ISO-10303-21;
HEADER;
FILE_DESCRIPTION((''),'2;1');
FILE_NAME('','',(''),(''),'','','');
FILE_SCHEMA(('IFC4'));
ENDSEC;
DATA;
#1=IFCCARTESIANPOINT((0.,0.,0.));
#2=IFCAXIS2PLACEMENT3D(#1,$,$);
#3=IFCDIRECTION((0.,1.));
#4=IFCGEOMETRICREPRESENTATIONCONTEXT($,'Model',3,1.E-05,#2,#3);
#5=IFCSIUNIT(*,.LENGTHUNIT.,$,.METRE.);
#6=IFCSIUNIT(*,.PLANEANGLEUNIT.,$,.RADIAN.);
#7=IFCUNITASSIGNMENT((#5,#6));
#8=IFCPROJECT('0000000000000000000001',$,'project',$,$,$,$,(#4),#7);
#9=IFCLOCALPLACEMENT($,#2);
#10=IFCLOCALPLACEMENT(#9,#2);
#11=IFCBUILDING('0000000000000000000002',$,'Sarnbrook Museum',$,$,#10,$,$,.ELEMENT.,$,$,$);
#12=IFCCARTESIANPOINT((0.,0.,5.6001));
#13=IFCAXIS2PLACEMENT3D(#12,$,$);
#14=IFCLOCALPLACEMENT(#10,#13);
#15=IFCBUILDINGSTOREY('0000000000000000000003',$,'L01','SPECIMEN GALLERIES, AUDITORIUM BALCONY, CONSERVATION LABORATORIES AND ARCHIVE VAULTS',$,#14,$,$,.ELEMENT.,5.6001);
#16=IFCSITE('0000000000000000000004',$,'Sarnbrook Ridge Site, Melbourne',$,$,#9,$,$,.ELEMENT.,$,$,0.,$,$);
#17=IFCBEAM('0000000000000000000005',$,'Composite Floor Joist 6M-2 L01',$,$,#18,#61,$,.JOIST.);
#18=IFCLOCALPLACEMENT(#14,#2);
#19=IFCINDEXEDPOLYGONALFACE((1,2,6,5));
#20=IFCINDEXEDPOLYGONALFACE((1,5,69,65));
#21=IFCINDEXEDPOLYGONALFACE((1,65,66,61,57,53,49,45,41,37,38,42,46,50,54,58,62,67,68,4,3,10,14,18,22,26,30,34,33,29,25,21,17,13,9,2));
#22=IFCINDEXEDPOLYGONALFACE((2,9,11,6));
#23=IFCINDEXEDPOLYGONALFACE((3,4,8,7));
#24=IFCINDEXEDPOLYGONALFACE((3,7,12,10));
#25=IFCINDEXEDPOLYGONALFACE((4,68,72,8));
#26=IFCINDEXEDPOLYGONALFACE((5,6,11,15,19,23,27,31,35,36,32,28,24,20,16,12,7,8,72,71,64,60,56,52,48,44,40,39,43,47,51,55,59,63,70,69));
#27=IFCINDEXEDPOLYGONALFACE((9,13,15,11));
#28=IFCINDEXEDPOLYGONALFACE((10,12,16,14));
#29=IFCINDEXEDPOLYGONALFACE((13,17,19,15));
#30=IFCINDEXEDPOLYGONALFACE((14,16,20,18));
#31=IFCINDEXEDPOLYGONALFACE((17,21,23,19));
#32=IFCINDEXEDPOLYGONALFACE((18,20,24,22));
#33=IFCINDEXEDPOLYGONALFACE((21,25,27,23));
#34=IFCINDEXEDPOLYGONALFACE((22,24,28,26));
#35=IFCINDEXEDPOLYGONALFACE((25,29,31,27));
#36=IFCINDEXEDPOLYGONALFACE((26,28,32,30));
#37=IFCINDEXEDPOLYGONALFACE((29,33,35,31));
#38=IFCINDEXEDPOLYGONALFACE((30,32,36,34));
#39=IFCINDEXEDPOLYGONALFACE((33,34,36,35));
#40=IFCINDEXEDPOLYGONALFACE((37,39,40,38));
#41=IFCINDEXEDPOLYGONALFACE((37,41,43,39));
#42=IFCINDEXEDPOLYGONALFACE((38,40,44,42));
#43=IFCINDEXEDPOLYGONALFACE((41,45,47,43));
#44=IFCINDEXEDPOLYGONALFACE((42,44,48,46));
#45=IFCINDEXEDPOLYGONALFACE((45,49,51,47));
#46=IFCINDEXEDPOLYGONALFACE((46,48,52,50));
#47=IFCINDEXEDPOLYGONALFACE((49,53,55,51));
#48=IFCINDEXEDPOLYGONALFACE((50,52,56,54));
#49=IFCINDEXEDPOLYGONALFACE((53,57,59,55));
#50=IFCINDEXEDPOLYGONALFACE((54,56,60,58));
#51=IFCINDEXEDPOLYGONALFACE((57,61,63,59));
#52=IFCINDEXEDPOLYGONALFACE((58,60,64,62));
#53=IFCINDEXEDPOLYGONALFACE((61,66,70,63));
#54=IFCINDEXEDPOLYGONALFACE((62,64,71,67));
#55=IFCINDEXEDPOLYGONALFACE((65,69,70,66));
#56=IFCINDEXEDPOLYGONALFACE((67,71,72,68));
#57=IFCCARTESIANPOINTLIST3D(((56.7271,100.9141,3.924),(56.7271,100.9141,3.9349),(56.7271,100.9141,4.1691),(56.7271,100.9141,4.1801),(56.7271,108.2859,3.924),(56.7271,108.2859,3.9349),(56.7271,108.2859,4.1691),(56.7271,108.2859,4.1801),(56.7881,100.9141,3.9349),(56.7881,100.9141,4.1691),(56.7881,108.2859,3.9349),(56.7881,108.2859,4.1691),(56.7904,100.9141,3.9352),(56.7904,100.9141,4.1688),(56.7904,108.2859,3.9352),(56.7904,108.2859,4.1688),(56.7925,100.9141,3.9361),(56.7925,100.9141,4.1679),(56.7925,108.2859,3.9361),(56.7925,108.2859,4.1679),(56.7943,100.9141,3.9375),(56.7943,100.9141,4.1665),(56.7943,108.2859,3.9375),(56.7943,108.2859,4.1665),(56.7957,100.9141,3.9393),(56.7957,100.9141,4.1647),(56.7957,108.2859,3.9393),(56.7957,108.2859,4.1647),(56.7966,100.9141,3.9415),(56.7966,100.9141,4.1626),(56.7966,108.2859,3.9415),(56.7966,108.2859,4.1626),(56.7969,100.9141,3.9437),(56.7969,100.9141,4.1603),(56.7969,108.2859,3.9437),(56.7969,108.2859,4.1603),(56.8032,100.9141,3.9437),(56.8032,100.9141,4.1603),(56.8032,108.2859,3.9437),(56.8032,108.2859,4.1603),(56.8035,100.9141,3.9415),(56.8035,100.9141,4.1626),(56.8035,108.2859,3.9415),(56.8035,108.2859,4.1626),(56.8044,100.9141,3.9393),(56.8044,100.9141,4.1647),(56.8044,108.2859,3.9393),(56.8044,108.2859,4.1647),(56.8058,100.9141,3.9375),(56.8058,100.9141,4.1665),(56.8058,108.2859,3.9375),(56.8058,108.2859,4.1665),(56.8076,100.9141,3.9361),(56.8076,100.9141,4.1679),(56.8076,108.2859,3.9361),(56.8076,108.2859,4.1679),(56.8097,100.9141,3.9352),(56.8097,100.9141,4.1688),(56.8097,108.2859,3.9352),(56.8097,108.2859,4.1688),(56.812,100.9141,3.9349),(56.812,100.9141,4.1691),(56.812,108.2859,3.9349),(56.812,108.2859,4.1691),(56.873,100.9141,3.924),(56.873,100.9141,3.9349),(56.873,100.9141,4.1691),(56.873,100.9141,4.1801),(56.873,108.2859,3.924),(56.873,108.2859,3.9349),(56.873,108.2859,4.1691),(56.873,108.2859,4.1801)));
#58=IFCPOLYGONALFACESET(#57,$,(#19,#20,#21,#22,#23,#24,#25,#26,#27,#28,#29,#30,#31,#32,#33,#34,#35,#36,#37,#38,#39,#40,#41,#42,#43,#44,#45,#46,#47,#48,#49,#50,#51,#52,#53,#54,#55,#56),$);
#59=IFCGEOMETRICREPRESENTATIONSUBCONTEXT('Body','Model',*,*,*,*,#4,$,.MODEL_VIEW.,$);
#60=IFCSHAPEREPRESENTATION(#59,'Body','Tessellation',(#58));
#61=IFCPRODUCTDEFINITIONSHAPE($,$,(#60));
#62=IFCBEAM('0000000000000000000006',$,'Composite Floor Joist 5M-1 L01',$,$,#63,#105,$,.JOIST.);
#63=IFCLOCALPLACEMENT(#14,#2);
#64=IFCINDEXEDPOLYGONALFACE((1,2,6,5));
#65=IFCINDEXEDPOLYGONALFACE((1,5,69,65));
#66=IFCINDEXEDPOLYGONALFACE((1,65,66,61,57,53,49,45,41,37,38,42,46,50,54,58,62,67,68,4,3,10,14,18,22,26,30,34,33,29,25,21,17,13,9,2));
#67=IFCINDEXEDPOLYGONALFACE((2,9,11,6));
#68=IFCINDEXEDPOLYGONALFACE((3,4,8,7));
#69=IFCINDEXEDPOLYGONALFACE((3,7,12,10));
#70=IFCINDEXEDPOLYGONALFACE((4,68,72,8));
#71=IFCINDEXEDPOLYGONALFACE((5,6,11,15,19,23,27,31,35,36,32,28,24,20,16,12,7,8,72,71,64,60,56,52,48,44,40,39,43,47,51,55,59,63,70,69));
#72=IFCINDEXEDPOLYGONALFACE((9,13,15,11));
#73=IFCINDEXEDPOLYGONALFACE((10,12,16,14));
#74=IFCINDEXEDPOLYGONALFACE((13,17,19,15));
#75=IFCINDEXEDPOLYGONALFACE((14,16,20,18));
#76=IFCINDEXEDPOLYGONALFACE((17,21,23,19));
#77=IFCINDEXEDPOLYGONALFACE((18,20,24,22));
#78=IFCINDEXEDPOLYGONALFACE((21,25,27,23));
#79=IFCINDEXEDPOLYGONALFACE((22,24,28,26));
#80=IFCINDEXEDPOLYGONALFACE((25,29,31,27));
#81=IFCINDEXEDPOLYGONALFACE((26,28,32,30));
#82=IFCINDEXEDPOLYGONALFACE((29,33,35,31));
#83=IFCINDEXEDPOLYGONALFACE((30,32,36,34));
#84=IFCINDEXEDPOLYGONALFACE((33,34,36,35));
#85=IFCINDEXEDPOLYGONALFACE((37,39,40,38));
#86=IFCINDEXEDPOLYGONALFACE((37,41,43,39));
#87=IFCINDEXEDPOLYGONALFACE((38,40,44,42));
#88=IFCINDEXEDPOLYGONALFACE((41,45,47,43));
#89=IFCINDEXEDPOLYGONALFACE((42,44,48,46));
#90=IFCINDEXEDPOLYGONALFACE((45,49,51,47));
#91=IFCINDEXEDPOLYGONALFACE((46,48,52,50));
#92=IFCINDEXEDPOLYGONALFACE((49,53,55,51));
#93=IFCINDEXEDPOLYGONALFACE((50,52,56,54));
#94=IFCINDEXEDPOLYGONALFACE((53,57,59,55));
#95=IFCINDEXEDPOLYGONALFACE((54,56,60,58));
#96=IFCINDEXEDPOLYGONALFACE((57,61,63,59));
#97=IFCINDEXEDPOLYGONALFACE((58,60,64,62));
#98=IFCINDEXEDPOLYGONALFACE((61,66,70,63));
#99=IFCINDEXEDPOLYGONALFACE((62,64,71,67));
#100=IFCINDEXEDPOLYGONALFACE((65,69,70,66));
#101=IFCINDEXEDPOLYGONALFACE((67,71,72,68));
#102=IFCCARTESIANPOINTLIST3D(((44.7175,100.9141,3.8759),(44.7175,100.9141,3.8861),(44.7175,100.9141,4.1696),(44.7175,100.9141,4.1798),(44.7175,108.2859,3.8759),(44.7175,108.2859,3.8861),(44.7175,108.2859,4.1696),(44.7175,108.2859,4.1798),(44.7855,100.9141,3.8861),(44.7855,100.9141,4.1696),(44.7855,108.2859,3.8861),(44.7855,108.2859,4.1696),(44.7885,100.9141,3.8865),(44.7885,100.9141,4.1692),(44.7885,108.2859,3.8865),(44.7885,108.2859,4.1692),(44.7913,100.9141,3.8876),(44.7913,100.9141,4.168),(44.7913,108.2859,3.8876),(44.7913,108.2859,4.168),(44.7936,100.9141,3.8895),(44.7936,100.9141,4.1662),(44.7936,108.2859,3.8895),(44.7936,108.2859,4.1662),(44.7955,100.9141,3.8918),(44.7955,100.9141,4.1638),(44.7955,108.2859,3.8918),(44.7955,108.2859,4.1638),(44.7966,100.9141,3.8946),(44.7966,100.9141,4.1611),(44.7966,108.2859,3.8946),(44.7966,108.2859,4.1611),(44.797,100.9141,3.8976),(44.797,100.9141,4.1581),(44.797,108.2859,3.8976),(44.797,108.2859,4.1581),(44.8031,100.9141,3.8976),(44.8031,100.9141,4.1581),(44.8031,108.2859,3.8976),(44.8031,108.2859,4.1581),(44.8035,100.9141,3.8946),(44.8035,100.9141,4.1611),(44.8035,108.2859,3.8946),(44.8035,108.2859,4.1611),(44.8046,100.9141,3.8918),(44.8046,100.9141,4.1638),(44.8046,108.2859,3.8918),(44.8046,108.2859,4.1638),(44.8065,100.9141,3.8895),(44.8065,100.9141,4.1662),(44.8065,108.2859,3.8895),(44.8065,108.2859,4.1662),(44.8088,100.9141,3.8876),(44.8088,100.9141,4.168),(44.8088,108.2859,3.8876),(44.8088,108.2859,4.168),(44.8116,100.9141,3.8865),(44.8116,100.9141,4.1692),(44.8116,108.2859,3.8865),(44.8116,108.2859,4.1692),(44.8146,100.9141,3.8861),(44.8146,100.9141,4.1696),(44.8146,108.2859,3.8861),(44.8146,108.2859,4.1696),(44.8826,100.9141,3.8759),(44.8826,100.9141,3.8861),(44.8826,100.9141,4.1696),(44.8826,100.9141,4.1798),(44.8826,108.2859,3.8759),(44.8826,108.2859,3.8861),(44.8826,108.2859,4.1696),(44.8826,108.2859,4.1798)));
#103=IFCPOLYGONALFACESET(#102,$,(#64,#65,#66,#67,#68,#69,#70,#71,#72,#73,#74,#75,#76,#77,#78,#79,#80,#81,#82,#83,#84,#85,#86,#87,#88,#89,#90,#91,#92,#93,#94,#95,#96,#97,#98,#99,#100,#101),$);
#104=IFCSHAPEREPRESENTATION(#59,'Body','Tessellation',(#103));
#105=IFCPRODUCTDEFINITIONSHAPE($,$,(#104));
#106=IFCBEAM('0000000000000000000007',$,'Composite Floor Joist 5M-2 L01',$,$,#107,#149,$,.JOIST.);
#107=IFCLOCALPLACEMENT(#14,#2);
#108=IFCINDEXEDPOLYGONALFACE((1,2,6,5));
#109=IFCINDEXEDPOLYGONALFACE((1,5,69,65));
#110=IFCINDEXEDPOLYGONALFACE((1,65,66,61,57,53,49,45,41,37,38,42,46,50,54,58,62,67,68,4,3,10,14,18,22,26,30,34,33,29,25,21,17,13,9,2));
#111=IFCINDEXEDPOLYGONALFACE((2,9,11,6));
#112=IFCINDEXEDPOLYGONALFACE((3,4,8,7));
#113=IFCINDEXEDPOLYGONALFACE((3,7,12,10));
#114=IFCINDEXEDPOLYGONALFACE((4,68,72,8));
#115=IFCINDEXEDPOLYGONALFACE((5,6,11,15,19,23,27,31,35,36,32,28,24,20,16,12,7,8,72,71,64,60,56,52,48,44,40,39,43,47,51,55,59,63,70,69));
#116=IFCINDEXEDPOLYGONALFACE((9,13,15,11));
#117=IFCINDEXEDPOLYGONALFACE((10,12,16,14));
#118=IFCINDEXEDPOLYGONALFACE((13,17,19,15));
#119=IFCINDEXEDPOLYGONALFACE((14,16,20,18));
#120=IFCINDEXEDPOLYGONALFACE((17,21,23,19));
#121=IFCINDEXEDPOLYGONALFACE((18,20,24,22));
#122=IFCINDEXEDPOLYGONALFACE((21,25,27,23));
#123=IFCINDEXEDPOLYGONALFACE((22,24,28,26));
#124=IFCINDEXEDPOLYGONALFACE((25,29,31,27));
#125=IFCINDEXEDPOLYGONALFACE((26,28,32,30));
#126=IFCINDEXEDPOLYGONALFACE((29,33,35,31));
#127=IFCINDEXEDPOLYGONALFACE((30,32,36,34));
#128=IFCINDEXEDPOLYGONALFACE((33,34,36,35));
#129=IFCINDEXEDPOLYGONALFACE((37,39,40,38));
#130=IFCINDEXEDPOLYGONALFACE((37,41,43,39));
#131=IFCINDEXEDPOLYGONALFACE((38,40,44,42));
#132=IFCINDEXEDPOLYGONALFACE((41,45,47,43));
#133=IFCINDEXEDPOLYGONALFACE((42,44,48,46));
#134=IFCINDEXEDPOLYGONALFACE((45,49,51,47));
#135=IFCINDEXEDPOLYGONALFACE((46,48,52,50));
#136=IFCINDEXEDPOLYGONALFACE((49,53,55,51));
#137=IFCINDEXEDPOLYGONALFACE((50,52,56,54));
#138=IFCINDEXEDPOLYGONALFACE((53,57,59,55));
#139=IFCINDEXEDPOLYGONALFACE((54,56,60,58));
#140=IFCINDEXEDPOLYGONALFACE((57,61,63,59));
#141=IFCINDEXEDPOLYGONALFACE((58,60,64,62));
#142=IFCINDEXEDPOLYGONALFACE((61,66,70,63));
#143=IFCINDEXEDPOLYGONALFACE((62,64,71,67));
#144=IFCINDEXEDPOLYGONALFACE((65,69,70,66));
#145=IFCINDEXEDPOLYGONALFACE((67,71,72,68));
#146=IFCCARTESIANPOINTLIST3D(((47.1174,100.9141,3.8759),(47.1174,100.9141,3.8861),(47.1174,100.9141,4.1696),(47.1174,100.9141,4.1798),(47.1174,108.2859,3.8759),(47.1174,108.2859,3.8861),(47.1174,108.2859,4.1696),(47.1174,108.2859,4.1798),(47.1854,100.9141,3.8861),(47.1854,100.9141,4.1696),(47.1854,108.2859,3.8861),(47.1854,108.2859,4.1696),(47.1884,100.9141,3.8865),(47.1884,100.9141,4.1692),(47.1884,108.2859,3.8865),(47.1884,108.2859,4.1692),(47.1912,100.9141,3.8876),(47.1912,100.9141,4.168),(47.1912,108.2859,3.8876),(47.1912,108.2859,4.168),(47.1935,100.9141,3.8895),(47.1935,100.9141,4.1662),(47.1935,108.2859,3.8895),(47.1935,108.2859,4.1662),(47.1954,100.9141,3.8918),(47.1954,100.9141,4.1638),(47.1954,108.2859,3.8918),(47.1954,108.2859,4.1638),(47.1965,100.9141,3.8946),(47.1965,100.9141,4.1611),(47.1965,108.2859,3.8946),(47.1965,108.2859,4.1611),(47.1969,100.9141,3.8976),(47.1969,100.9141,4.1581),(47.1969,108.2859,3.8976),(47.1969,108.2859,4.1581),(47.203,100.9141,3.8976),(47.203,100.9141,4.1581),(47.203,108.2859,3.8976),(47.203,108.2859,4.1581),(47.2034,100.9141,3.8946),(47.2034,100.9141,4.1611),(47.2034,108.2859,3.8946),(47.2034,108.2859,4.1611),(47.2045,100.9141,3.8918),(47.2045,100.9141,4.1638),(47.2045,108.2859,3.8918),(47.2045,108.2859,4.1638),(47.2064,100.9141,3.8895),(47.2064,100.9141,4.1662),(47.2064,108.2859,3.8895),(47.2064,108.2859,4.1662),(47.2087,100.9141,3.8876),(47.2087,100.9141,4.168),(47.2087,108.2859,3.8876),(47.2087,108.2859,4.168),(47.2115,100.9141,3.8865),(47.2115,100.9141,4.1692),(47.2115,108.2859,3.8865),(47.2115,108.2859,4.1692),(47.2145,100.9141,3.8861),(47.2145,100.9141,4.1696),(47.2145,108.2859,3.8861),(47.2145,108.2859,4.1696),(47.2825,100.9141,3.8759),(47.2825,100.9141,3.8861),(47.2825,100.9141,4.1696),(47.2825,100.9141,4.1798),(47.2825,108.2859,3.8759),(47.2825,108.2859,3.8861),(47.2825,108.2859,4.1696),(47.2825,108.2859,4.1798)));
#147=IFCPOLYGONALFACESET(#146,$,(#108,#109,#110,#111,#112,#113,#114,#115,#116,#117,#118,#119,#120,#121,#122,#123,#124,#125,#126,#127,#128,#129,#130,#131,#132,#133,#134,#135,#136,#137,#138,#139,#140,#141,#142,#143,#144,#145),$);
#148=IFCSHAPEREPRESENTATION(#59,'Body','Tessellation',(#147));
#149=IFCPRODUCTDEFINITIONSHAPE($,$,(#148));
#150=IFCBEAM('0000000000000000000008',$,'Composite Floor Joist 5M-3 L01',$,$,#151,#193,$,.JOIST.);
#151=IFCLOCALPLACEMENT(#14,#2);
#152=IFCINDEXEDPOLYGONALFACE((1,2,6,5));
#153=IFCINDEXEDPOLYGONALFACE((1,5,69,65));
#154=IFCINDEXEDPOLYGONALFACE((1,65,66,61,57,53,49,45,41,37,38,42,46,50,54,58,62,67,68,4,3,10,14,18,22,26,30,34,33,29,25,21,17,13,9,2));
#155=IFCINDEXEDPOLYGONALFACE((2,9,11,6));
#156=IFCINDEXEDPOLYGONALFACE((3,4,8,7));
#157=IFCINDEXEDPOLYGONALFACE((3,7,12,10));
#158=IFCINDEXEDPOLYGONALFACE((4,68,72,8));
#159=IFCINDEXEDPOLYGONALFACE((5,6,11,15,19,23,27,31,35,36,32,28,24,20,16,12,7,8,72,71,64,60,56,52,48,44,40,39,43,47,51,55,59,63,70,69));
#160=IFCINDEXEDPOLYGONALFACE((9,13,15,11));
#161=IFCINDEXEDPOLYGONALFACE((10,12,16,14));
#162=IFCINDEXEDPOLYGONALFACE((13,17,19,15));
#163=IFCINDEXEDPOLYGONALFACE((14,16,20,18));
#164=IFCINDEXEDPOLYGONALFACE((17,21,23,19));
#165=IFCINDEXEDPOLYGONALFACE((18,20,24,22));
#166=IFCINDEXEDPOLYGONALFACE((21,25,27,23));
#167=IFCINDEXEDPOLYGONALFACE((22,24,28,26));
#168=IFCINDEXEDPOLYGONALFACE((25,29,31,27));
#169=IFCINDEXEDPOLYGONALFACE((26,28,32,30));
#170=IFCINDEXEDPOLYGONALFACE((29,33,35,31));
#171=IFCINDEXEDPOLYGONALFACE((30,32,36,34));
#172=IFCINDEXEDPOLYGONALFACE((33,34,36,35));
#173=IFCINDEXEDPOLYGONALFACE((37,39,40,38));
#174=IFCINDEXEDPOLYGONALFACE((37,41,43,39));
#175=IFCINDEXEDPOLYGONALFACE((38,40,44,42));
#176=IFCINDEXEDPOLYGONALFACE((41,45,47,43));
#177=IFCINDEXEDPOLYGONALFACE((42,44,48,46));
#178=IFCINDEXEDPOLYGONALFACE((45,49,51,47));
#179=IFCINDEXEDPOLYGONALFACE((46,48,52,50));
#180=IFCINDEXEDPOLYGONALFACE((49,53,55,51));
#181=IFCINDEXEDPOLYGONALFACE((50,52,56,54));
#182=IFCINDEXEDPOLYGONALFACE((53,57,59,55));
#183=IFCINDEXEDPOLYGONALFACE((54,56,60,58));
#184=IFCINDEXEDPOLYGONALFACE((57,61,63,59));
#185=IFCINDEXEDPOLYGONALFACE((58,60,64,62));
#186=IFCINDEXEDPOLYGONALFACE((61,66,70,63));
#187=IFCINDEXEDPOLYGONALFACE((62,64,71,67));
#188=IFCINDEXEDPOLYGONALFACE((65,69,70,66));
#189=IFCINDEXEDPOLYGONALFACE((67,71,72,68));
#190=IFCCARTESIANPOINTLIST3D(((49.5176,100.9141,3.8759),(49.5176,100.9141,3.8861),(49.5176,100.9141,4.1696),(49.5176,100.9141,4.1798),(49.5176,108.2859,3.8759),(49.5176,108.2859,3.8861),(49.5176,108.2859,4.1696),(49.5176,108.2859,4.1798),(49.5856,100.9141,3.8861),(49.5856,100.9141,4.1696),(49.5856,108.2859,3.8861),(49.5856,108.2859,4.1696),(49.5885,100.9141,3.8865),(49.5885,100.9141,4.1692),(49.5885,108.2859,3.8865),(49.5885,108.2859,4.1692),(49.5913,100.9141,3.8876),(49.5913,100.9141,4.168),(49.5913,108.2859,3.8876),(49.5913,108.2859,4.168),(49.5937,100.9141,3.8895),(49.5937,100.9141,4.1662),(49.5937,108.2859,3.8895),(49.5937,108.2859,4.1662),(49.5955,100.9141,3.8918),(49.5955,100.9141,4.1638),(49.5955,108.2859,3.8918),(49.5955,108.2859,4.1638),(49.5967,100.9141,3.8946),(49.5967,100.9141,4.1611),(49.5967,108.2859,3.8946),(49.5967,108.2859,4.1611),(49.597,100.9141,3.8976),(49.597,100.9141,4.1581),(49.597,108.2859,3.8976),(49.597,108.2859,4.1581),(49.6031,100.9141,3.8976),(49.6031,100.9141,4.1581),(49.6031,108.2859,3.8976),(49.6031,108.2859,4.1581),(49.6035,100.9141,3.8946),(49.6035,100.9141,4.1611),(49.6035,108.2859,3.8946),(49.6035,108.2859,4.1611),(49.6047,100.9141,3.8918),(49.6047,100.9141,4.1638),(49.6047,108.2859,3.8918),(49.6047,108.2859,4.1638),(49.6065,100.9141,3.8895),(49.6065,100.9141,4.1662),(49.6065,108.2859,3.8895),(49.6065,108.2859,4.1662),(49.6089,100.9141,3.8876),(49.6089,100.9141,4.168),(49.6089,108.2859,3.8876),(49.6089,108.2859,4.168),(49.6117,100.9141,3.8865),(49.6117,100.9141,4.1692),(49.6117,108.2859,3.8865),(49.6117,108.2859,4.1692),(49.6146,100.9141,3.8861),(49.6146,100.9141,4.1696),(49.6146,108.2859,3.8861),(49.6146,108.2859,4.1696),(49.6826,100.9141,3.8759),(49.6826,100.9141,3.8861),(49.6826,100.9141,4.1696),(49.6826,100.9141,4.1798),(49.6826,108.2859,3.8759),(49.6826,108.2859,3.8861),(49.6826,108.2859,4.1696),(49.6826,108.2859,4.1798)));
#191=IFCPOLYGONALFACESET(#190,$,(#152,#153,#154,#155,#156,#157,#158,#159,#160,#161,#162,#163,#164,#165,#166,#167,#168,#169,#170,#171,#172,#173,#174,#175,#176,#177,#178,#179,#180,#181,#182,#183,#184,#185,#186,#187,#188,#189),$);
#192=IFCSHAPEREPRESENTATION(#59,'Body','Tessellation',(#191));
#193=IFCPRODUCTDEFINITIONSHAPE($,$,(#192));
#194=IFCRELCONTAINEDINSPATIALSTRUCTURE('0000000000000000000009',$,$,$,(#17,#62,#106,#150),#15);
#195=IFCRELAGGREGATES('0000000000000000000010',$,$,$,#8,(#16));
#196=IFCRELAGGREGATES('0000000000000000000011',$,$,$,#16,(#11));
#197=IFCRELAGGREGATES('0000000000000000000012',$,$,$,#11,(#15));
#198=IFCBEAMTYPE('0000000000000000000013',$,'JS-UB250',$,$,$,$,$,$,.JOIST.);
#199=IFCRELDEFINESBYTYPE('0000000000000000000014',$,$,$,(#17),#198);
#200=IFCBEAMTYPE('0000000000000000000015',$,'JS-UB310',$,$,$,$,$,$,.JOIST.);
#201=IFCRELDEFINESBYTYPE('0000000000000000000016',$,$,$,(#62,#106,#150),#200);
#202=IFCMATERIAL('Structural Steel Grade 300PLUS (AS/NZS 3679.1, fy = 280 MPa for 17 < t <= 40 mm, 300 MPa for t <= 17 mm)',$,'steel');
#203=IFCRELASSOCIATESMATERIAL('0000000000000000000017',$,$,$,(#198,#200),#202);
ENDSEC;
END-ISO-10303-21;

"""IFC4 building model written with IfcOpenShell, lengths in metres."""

from ifc_helpers import new_model, si_unit, direction, frame, origin, origin_2d, place, context, subcontext, project, spatial, i_section, extrude, material, material_profile, profile_set, type_object, element, save


model = new_model("IFC4")

# Units and contexts
model_context = context("Model", 3, precision=1e-05, world=origin(), true_north=direction((0.0, 1.0)))
body_context = subcontext(model_context, "Body", "Model", "MODEL_VIEW")
ifc_project = project(units=[si_unit("LENGTHUNIT", "METRE"), si_unit("PLANEANGLEUNIT", "RADIAN")], contexts=[model_context])

# Site, building, storey
site_placement = place(None, origin())
site = spatial("IfcSite", under=ifc_project, at=site_placement, Name="Sarnbrook Ridge Site, Melbourne", CompositionType="ELEMENT", RefElevation=0.0)
building_placement = place(site_placement, origin())
building = spatial("IfcBuilding", under=site, at=building_placement, Name="Sarnbrook Museum", CompositionType="ELEMENT")
storey_placement = place(building_placement, frame((0.0, 0.0, 5.6001)))
storey = spatial("IfcBuildingStorey", under=building, at=storey_placement, Name="L01", Description="SPECIMEN GALLERIES, AUDITORIUM BALCONY, CONSERVATION LABORATORIES AND ARCHIVE VAULTS", CompositionType="ELEMENT", Elevation=5.6001)

# Beams
ifc_material_1 = material(Name="Structural Steel Grade 300PLUS (AS/NZS 3679.1, fy = 280 MPa for 17 < t <= 40 mm, 300 MPa for t <= 17 mm)", Category="steel")
ifc_material_profile_1 = material_profile(ifc_material_1, i_section(OverallWidth=0.146, OverallDepth=0.2561, WebThickness=0.0063, FlangeThickness=0.011, FilletRadius=0.0088, at=origin_2d()), Name="250UB37.3")
ifc_profile_set_1 = profile_set([ifc_material_profile_1], Name="Structural Steel Grade 300PLUS (AS/NZS 3679.1, fy = 280 MPa for 17 < t <= 40 mm, 300 MPa for t <= 17 mm)")
beam_type_1 = type_object("IfcBeamType", Name="JS-UB250", PredefinedType="JOIST", material=ifc_profile_set_1)
for number, where, z_axis, x_axis, name in (
    (1, (56.8, 100.9141, 4.052), (0.0, 1.0, 0.0), (-1.0, 0.0, 0.0), "Composite Floor Joist 6M-2 L01"),
):
    element("IfcBeam", number, at=place(storey_placement, frame(where, z_axis=z_axis, x_axis=x_axis)), inside=storey, type_object=beam_type_1, Name=name, PredefinedType="JOIST", context=body_context, shape_type="SweptSolid", body=[
        extrude(i_section(OverallWidth=0.146, OverallDepth=0.2561, WebThickness=0.0063, FlangeThickness=0.011, FilletRadius=0.0088, at=origin_2d()), origin(), (0.0, 0.0, 1.0), 7.3718),
    ])
ifc_material_profile_2 = material_profile(ifc_material_1, i_section(OverallWidth=0.165, OverallDepth=0.304, WebThickness=0.0061, FlangeThickness=0.0103, FilletRadius=0.0115, at=origin_2d()), Name="310UB40.4")
ifc_profile_set_2 = profile_set([ifc_material_profile_2], Name="Structural Steel Grade 300PLUS (AS/NZS 3679.1, fy = 280 MPa for 17 < t <= 40 mm, 300 MPa for t <= 17 mm)")
beam_type_2 = type_object("IfcBeamType", Name="JS-UB310", PredefinedType="JOIST", material=ifc_profile_set_2)
for number, where, z_axis, x_axis, name in (
    (2, (44.8, 100.9141, 4.0278), (0.0, 1.0, 0.0), (-1.0, 0.0, 0.0), "Composite Floor Joist 5M-1 L01"),
    (3, (47.2, 100.9141, 4.0278), (0.0, 1.0, 0.0), (-1.0, 0.0, 0.0), "Composite Floor Joist 5M-2 L01"),
    (4, (49.6001, 100.9141, 4.0278), (0.0, 1.0, 0.0), (-1.0, 0.0, 0.0), "Composite Floor Joist 5M-3 L01"),
):
    element("IfcBeam", number, at=place(storey_placement, frame(where, z_axis=z_axis, x_axis=x_axis)), inside=storey, type_object=beam_type_2, Name=name, PredefinedType="JOIST", context=body_context, shape_type="SweptSolid", body=[
        extrude(i_section(OverallWidth=0.165, OverallDepth=0.304, WebThickness=0.0061, FlangeThickness=0.0103, FilletRadius=0.0115, at=origin_2d()), origin(), (0.0, 0.0, 1.0), 7.3718),
    ])

save(model, "model.ifc")
